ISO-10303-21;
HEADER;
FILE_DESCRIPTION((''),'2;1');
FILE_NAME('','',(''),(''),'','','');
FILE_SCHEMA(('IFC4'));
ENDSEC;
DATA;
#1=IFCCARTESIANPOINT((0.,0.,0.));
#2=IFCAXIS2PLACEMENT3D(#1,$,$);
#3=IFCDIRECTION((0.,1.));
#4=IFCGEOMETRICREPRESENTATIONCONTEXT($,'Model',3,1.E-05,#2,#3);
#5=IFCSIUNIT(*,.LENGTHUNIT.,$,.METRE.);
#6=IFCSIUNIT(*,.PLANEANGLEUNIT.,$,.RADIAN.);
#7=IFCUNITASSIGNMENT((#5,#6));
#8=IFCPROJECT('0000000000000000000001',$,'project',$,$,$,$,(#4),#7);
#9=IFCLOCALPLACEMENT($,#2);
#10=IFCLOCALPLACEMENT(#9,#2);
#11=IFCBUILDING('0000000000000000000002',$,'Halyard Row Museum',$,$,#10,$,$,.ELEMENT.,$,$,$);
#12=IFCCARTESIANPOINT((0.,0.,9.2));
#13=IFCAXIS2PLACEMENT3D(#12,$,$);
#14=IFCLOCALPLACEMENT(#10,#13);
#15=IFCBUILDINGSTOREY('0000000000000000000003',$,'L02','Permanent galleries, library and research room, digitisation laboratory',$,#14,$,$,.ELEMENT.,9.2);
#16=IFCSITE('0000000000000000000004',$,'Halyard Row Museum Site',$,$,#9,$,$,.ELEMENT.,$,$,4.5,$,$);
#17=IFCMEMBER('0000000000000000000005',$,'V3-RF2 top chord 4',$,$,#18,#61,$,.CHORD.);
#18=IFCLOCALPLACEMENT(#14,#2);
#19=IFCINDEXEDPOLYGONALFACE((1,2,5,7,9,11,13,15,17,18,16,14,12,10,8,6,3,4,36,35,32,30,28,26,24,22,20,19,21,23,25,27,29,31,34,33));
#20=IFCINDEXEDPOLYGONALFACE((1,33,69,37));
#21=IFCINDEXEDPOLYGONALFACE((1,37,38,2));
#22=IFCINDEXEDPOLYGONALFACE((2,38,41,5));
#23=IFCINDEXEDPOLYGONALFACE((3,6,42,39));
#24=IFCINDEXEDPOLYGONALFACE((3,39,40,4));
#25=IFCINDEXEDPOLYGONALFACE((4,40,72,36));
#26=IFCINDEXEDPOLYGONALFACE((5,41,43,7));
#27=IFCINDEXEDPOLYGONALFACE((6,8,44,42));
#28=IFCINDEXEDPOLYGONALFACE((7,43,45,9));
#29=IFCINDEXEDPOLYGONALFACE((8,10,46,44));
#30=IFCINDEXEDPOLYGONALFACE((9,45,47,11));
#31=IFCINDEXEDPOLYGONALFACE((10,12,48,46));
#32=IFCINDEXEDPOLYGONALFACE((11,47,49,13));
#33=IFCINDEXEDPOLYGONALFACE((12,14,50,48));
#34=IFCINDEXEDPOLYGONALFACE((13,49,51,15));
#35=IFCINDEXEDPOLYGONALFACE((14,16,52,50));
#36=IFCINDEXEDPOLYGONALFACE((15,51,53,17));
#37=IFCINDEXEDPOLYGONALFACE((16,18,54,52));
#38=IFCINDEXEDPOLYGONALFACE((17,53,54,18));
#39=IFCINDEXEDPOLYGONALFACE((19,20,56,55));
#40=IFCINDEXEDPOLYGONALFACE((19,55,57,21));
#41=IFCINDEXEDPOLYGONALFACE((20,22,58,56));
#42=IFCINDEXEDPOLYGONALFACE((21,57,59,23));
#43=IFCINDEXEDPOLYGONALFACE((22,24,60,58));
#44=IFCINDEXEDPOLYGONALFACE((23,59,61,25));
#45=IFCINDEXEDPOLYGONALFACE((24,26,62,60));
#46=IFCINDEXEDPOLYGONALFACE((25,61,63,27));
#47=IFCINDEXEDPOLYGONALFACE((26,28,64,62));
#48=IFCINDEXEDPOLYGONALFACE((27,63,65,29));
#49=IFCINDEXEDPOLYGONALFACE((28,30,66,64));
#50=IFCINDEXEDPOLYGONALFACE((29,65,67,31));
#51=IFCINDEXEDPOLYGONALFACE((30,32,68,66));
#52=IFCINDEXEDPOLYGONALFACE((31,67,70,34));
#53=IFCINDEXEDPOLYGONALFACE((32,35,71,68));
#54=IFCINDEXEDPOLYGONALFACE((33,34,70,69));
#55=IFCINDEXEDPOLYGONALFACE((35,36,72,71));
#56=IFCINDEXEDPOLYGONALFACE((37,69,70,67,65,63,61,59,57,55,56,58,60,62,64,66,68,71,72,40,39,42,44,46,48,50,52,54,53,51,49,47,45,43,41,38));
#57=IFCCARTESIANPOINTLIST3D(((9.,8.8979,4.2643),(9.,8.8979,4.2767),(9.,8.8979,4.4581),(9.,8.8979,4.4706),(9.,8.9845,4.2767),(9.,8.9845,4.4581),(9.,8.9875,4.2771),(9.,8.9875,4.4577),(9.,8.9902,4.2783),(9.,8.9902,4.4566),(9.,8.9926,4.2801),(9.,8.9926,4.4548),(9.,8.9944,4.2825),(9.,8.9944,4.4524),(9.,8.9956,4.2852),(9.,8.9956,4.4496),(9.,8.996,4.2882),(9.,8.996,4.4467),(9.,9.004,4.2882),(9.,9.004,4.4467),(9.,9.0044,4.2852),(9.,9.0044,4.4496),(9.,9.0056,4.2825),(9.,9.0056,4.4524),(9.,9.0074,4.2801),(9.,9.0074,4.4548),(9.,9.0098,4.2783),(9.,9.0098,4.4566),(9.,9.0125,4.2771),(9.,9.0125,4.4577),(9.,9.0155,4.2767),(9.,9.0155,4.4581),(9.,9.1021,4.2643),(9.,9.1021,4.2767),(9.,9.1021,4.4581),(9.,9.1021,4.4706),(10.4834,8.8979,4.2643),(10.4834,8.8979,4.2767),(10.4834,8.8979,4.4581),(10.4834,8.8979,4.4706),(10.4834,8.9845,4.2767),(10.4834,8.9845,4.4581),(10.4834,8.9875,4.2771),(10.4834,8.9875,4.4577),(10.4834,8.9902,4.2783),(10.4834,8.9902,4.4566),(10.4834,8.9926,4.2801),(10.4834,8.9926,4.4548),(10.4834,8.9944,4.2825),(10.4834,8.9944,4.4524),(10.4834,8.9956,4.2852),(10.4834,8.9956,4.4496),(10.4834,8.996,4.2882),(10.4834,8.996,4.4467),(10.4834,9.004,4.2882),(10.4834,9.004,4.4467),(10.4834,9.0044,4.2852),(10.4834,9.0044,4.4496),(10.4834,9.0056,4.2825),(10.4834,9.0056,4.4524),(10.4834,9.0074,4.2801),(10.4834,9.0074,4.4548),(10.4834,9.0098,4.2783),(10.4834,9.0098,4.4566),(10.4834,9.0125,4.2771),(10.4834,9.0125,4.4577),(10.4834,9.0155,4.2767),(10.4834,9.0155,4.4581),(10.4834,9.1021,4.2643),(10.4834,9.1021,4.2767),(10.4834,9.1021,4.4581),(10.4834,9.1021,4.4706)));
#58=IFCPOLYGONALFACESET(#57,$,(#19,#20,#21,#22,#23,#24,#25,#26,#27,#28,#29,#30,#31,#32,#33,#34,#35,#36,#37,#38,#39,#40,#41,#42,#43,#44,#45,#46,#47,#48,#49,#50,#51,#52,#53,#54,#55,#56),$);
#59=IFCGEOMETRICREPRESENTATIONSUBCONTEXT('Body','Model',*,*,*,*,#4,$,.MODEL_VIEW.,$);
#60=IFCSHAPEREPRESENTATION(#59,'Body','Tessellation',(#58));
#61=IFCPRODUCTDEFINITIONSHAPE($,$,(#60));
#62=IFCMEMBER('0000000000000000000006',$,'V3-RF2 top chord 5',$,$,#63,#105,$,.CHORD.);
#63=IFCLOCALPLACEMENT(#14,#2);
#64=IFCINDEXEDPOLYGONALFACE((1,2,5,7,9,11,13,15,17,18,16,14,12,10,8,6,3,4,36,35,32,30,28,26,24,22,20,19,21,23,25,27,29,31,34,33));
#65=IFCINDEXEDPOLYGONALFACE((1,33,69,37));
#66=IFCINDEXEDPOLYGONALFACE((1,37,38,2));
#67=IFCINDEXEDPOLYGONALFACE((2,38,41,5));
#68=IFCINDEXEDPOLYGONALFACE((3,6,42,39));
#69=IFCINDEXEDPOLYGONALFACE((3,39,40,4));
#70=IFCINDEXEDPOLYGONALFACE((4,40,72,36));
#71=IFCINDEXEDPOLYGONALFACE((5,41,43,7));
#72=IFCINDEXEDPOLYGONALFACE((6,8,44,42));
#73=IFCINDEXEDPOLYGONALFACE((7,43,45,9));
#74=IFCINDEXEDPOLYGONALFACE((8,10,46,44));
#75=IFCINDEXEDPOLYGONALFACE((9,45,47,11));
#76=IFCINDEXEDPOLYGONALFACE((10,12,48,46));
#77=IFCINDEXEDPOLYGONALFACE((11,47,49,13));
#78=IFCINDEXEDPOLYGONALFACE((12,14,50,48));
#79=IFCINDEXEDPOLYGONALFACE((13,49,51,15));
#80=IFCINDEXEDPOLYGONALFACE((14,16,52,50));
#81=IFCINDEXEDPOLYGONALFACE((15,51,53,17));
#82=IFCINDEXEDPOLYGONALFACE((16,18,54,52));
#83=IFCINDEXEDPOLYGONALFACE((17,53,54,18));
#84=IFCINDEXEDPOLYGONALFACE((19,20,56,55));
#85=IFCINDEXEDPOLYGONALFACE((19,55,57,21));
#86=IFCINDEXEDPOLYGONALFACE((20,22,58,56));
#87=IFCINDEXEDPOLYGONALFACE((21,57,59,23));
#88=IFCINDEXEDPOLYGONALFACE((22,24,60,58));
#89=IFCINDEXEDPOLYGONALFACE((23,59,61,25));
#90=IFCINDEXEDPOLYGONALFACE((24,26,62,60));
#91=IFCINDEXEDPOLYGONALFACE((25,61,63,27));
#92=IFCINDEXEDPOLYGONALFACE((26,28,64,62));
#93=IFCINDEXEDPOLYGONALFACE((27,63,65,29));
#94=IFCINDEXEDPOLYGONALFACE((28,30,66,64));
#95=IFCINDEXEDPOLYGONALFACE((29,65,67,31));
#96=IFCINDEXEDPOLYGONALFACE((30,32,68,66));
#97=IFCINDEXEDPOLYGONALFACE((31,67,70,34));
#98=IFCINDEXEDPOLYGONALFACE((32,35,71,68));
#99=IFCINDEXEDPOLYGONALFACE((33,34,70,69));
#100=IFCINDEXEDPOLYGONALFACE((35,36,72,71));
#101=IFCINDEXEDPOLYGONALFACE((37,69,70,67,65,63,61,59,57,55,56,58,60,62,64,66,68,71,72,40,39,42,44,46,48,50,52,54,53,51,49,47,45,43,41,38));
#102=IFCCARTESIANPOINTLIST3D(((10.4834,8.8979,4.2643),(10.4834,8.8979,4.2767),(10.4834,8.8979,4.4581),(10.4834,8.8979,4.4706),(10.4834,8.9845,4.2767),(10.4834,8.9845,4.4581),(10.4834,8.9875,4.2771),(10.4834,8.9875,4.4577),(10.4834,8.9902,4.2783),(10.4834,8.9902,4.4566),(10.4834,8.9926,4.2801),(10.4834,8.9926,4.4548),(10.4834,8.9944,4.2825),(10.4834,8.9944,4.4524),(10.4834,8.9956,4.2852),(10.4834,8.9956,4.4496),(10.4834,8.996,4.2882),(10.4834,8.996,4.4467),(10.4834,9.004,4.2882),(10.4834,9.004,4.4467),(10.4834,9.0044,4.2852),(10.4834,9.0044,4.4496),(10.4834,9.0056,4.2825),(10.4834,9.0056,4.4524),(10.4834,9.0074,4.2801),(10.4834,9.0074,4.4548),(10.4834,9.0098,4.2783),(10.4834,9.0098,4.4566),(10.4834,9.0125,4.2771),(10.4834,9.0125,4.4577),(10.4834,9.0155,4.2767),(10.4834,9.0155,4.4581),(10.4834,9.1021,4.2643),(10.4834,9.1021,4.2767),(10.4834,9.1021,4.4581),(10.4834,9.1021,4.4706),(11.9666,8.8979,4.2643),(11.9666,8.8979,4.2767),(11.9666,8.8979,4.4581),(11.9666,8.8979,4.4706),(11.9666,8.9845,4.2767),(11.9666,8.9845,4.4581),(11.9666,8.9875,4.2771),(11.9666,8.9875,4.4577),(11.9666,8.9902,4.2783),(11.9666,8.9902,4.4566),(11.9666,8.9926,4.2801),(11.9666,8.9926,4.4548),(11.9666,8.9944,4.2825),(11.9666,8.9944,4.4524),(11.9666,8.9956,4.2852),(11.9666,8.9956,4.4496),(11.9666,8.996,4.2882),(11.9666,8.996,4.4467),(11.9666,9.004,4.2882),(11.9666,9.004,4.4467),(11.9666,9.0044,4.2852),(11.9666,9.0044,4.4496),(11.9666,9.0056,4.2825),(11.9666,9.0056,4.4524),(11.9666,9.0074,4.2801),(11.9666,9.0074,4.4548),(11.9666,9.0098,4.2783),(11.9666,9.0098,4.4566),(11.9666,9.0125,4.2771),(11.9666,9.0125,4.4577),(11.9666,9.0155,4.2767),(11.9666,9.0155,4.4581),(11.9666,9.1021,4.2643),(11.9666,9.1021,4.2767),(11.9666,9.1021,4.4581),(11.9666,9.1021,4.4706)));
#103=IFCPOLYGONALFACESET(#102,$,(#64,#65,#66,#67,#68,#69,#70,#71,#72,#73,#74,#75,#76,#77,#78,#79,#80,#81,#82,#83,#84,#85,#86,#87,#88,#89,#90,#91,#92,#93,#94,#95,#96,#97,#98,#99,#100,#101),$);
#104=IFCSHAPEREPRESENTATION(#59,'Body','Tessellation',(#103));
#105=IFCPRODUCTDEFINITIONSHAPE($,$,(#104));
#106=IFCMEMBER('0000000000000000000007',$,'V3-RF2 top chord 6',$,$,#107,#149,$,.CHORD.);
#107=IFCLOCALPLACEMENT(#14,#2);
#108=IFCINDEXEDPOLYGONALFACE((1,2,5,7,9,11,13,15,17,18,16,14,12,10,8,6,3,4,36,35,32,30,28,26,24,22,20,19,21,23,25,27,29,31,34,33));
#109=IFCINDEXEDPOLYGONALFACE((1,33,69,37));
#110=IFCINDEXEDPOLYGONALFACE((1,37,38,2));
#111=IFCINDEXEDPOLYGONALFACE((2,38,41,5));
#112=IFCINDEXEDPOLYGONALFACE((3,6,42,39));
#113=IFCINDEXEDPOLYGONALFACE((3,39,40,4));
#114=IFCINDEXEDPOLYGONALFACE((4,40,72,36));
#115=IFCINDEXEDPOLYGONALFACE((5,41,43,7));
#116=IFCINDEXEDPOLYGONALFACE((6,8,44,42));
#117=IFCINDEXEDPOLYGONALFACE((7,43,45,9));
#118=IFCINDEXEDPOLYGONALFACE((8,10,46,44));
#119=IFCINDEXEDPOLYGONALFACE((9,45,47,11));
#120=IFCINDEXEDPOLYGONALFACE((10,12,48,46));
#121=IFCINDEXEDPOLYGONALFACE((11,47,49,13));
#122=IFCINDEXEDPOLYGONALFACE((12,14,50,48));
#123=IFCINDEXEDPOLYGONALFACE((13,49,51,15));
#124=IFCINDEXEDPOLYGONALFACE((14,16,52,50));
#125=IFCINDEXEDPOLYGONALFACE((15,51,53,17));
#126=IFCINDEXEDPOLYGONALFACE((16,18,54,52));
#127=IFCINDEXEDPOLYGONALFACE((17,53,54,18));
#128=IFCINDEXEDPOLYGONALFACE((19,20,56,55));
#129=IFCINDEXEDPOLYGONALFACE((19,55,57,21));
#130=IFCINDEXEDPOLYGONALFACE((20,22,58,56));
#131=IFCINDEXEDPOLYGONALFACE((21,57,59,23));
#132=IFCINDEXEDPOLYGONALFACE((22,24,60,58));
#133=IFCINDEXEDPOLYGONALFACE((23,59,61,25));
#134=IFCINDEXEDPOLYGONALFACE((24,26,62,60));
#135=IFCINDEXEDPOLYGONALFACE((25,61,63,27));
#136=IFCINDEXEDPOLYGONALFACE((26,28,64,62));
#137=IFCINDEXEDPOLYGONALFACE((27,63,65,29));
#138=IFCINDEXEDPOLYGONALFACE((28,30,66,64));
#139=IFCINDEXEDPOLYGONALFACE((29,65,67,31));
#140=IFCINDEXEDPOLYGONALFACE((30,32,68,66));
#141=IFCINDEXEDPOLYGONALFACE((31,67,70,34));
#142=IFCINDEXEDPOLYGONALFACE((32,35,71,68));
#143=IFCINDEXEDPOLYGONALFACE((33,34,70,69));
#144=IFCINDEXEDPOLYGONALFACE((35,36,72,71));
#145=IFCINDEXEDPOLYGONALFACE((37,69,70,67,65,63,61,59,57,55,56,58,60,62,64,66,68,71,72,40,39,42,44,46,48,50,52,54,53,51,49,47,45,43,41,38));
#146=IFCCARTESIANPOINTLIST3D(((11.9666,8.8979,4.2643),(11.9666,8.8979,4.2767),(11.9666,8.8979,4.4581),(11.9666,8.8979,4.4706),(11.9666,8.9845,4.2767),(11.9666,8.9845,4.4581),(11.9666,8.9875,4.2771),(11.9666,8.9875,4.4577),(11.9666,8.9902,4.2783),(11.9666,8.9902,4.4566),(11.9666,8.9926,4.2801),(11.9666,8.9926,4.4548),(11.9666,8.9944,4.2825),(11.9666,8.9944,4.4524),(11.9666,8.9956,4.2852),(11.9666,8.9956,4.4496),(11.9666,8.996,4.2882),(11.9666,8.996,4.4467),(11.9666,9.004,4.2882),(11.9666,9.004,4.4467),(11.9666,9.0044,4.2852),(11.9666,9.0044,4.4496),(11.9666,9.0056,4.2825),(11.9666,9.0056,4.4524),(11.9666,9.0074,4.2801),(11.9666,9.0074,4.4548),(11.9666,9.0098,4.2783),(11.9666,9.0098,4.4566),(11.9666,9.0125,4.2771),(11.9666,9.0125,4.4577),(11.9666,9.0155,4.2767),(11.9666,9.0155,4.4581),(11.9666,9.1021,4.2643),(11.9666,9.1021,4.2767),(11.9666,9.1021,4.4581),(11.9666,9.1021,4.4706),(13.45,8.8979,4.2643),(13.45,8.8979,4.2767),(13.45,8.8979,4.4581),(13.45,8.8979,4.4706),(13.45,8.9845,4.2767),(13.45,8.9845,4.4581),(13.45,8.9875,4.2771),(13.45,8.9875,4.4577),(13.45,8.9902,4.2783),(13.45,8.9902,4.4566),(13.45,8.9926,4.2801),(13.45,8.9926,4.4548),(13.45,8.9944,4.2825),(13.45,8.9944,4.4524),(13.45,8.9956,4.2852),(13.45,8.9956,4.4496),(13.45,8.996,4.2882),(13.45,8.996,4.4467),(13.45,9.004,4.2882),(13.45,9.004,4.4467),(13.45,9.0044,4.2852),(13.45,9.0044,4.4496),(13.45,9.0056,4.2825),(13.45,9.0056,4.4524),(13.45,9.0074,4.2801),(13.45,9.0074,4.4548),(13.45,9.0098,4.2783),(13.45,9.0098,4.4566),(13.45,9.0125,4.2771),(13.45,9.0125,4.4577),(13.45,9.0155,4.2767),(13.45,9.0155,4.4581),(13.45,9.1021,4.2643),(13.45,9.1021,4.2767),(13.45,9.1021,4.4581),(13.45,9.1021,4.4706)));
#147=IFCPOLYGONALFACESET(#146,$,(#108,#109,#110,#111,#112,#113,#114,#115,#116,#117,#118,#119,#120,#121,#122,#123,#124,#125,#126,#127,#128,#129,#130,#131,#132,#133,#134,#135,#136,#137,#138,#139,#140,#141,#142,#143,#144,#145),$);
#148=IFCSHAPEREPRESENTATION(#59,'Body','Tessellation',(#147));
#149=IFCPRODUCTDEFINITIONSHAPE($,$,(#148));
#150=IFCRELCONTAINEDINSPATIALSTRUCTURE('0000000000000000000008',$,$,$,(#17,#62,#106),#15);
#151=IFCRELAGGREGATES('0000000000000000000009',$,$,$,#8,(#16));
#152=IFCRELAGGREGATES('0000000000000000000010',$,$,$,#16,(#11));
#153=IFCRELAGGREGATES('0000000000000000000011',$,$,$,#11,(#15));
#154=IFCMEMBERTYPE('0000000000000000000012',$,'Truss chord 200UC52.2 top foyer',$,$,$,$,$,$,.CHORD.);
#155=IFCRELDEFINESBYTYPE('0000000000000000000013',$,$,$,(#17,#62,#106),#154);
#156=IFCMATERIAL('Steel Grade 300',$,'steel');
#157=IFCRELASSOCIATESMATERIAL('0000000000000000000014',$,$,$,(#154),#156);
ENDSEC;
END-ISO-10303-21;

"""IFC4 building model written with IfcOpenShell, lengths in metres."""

from ifc_helpers import new_model, si_unit, direction, frame, origin, origin_2d, place, context, subcontext, project, spatial, i_section, extrude, material, material_profile, profile_set, type_object, element, save


model = new_model("IFC4")

# Units and contexts
model_context = context("Model", 3, precision=1e-05, world=origin(), true_north=direction((0.0, 1.0)))
body_context = subcontext(model_context, "Body", "Model", "MODEL_VIEW")
ifc_project = project(units=[si_unit("LENGTHUNIT", "METRE"), si_unit("PLANEANGLEUNIT", "RADIAN")], contexts=[model_context])

# Site, building, storey
site_placement = place(None, origin())
site = spatial("IfcSite", under=ifc_project, at=site_placement, Name="Halyard Row Museum Site", CompositionType="ELEMENT", RefElevation=4.5)
building_placement = place(site_placement, origin())
building = spatial("IfcBuilding", under=site, at=building_placement, Name="Halyard Row Museum", CompositionType="ELEMENT")
storey_placement = place(building_placement, frame((0.0, 0.0, 9.2)))
storey = spatial("IfcBuildingStorey", under=building, at=storey_placement, Name="L02", Description="Permanent galleries, library and research room, digitisation laboratory", CompositionType="ELEMENT", Elevation=9.2)

# Members
ifc_material_1 = material(Name="Steel Grade 300", Category="steel")
ifc_material_profile_1 = material_profile(ifc_material_1, i_section(OverallWidth=0.2041, OverallDepth=0.2063, WebThickness=0.0081, FlangeThickness=0.0125, FilletRadius=0.0115, at=origin_2d()), Name="200UC52.2")
ifc_profile_set_1 = profile_set([ifc_material_profile_1], Name="Steel Grade 300")
member_type_1 = type_object("IfcMemberType", Name="Truss chord 200UC52.2 top foyer", PredefinedType="CHORD", material=ifc_profile_set_1)
for number, where, z_axis, x_axis, name in (
    (1, (9.0, 9.0, 4.3674), (1.0, 0.0, 0.0), (0.0, 1.0, 0.0), "V3-RF2 top chord 4"),
):
    element("IfcMember", number, at=place(storey_placement, frame(where, z_axis=z_axis, x_axis=x_axis)), inside=storey, type_object=member_type_1, Name=name, PredefinedType="CHORD", context=body_context, shape_type="SweptSolid", body=[
        extrude(i_section(OverallWidth=0.2041, OverallDepth=0.2063, WebThickness=0.0081, FlangeThickness=0.0125, FilletRadius=0.0115, at=origin_2d()), origin(), (0.0, 0.0, 1.0), 1.4834),
    ])
member_1_placement = place(storey_placement, frame((10.4834, 9.0, 4.3674), z_axis=(1.0, 0.0, 0.0), x_axis=(0.0, 1.0, 0.0)))
element("IfcMember", 2, at=member_1_placement, inside=storey, type_object=member_type_1, Name="V3-RF2 top chord 5", PredefinedType="CHORD", context=body_context, shape_type="SweptSolid", body=[
    extrude(i_section(OverallWidth=0.2041, OverallDepth=0.2063, WebThickness=0.0081, FlangeThickness=0.0125, FilletRadius=0.0115, at=origin_2d()), origin(), (0.0, 0.0, 1.0), 1.4832),
])
member_2_placement = place(storey_placement, frame((11.9666, 9.0, 4.3674), z_axis=(1.0, 0.0, 0.0), x_axis=(0.0, 1.0, 0.0)))
element("IfcMember", 3, at=member_2_placement, inside=storey, type_object=member_type_1, Name="V3-RF2 top chord 6", PredefinedType="CHORD", context=body_context, shape_type="SweptSolid", body=[
    extrude(i_section(OverallWidth=0.2041, OverallDepth=0.2063, WebThickness=0.0081, FlangeThickness=0.0125, FilletRadius=0.0115, at=origin_2d()), origin(), (0.0, 0.0, 1.0), 1.4834),
])

save(model, "model.ifc")
